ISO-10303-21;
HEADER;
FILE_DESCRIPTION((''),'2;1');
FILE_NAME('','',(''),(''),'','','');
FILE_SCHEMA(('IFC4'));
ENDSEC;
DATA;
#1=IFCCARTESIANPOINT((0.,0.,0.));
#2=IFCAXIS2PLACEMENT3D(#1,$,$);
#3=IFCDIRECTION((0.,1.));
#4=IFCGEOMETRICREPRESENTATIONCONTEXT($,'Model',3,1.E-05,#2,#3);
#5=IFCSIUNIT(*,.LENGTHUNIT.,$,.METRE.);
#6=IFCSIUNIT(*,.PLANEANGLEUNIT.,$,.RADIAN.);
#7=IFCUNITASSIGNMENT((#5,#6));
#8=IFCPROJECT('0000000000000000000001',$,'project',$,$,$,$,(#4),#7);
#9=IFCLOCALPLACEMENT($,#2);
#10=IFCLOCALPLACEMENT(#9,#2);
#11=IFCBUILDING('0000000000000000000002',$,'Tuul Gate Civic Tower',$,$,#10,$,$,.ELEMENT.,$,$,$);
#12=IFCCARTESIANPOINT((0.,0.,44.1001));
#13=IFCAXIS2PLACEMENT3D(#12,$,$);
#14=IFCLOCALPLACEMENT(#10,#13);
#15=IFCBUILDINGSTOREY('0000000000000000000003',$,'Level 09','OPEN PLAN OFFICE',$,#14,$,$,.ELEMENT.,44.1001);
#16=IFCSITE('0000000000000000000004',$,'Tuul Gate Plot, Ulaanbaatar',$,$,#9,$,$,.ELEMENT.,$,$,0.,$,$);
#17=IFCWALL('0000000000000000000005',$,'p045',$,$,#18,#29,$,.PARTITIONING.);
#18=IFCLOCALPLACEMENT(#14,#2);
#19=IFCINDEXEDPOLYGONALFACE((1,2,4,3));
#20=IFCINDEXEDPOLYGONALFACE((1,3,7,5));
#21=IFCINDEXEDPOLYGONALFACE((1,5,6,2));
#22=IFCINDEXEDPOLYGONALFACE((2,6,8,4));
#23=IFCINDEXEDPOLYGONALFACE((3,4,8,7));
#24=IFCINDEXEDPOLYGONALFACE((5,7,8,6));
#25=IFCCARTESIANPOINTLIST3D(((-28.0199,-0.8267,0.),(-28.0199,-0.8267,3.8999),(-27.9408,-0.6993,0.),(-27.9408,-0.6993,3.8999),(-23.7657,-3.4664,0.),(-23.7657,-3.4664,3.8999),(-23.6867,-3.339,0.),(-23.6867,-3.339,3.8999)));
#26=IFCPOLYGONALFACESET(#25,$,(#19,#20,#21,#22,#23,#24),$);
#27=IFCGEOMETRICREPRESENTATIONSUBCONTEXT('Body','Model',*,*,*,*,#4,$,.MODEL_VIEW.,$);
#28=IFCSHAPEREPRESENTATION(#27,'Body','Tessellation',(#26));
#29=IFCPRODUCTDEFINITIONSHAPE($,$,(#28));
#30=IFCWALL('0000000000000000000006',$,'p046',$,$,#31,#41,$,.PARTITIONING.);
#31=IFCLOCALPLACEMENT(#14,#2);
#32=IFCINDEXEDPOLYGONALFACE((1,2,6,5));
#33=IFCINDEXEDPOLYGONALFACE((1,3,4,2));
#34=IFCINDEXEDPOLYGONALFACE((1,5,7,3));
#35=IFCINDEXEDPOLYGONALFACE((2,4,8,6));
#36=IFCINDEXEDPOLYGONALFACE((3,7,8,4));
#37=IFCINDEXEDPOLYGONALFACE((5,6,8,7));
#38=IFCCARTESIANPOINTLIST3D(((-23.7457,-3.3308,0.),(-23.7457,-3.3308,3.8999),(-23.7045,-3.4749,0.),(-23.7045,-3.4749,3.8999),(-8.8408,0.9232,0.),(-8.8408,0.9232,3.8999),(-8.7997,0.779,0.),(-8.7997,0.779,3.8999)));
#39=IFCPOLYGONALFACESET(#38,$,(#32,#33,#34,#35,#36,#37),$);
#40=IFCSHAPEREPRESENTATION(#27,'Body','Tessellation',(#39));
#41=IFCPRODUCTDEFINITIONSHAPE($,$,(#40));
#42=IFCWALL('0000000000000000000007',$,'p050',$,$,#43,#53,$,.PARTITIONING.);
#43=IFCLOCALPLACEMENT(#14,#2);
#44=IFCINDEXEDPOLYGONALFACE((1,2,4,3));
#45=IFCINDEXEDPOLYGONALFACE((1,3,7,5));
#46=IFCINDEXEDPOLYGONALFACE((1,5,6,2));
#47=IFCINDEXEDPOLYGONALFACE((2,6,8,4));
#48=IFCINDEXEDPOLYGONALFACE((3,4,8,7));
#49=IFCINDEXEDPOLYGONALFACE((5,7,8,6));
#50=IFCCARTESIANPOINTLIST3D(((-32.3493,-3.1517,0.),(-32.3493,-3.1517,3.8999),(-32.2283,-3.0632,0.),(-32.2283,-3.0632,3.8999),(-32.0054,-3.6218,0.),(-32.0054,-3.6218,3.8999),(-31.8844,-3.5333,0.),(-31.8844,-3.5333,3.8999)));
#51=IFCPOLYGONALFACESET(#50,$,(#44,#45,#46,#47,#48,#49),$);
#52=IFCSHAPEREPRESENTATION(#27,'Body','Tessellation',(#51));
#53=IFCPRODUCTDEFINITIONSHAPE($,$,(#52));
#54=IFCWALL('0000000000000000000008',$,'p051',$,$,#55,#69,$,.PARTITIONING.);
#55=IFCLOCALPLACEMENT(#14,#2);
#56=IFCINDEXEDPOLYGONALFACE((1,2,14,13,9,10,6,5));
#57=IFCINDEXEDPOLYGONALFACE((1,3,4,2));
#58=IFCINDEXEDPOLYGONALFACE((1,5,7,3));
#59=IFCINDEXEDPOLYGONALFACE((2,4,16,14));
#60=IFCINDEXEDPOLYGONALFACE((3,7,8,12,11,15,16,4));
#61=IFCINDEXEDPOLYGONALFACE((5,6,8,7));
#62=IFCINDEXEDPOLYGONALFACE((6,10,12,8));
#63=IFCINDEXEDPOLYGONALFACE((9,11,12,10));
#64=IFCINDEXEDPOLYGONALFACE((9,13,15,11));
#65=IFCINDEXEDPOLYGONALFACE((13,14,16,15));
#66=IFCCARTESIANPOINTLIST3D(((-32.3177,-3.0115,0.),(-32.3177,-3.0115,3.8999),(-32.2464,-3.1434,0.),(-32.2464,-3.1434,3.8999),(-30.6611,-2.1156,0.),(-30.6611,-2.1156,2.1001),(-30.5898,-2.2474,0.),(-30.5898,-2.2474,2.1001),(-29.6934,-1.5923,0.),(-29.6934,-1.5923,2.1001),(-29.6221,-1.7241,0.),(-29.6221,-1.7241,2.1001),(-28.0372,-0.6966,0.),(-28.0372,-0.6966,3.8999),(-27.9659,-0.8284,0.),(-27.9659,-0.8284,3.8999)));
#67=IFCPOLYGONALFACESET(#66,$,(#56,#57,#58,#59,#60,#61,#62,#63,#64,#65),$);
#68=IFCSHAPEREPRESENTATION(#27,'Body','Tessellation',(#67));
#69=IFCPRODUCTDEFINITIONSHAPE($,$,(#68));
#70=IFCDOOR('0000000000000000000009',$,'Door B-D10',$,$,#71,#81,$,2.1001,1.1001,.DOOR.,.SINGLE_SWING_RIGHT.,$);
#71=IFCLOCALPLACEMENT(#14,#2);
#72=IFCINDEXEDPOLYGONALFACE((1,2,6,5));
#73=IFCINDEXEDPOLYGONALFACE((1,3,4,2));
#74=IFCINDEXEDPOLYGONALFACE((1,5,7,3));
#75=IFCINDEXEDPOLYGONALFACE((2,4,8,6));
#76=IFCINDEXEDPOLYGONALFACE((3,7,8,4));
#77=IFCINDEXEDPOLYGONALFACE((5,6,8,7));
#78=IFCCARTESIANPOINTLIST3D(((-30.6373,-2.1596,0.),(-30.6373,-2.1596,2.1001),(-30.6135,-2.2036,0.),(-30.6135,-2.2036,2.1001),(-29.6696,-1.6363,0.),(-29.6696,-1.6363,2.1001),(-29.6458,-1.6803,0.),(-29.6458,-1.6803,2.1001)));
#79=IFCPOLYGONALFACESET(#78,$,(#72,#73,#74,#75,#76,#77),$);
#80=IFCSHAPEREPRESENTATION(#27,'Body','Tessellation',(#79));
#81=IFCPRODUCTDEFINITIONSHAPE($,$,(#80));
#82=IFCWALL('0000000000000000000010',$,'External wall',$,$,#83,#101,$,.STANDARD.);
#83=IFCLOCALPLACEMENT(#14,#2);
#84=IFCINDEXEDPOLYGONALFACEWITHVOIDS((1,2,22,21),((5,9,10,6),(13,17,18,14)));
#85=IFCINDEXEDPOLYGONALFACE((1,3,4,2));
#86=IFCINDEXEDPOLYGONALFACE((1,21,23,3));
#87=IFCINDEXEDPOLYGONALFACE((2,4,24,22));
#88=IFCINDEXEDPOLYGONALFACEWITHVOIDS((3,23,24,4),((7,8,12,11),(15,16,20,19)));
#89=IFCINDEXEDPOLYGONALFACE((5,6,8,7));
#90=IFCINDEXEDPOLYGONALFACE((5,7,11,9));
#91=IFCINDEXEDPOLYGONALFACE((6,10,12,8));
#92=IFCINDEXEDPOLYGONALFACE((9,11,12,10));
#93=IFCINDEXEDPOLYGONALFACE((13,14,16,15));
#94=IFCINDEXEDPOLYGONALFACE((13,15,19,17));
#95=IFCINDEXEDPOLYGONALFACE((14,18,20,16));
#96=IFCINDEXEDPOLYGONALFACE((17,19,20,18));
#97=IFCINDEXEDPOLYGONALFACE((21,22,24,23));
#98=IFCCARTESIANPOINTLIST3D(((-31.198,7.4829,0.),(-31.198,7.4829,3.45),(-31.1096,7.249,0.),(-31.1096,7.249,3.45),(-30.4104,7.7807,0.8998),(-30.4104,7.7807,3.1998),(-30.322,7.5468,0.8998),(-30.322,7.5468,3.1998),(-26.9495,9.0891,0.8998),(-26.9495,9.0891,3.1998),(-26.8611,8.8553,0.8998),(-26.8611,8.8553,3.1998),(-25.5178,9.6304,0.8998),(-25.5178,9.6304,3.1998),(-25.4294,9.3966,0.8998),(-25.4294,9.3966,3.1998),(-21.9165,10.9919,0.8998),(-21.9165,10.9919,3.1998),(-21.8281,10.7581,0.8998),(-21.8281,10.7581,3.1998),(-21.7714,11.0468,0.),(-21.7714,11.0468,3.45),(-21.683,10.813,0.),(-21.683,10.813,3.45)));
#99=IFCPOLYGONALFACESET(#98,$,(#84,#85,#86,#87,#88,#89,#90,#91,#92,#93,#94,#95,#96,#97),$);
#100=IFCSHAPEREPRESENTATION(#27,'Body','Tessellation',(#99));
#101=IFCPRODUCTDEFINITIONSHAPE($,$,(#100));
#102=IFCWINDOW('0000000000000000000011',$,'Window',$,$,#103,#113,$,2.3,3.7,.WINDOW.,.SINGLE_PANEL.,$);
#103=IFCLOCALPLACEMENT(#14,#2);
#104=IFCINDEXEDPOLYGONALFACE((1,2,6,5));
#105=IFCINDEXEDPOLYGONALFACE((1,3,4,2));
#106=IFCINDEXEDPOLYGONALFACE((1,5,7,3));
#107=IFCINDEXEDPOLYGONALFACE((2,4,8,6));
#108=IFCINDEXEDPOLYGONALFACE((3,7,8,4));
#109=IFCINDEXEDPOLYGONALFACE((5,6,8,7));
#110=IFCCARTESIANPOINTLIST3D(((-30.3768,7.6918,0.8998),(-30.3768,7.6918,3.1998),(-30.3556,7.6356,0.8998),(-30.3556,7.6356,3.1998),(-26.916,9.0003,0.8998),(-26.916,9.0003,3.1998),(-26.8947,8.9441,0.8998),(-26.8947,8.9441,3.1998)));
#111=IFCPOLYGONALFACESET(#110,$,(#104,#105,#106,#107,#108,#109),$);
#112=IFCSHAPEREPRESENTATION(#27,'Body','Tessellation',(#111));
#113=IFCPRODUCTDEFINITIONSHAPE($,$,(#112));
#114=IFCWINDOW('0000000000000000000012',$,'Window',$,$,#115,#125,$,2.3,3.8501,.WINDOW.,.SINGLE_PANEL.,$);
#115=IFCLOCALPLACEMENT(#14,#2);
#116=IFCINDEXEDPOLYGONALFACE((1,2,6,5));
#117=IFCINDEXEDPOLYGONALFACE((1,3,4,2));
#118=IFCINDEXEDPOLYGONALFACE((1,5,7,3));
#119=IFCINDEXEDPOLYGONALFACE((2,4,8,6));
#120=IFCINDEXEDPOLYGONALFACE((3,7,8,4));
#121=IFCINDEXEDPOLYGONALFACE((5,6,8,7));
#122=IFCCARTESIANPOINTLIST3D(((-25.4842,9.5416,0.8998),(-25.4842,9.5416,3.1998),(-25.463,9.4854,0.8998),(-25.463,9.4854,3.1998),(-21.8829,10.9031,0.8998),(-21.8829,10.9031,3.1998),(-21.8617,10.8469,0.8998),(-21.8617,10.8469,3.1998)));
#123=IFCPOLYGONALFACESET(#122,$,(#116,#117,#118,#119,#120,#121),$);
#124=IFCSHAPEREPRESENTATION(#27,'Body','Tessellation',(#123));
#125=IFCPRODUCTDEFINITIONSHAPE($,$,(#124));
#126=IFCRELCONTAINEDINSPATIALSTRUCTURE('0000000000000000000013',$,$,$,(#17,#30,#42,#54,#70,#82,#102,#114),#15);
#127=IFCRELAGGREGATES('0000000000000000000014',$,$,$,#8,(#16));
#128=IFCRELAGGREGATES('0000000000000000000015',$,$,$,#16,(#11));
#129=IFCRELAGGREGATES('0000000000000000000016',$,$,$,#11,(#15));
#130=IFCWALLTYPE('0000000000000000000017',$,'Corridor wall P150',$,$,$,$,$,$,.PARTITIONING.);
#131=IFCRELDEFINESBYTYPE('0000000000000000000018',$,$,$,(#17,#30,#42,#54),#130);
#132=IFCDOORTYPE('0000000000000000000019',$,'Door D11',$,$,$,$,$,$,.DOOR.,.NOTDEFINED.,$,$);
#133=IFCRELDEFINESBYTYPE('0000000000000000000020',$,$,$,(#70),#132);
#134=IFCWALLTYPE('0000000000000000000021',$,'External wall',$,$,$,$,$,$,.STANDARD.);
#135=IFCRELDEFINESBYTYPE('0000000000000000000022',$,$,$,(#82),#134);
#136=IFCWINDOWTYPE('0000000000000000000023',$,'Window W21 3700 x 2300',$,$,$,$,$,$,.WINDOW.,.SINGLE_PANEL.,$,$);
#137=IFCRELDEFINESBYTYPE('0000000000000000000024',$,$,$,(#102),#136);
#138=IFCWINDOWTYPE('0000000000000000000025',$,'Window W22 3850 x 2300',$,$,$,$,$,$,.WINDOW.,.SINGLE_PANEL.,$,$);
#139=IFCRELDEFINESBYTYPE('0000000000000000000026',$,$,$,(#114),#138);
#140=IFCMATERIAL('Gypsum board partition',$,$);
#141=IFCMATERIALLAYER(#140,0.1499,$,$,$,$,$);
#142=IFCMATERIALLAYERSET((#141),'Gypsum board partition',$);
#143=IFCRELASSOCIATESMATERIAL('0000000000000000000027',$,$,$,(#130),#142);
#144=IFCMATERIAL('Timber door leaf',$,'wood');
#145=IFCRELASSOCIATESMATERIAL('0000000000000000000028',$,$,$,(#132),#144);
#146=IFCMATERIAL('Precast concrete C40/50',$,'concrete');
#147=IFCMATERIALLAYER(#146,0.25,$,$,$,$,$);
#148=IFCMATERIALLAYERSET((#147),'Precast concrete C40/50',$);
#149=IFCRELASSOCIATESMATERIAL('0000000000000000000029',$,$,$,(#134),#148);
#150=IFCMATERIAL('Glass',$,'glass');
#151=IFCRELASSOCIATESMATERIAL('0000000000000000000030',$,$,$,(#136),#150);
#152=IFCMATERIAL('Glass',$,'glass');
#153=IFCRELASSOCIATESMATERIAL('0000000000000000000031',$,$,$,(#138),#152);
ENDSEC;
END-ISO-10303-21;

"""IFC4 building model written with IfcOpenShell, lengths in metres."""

from ifc_helpers import new_model, si_unit, direction, frame, frame_2d, origin, place, context, subcontext, project, spatial, rectangle, extrude, material, layer, layer_set, type_object, element, fill, save


model = new_model("IFC4")

# Units and contexts
model_context = context("Model", 3, precision=1e-05, world=origin(), true_north=direction((0.0, 1.0)))
body_context = subcontext(model_context, "Body", "Model", "MODEL_VIEW")
ifc_project = project(units=[si_unit("LENGTHUNIT", "METRE"), si_unit("PLANEANGLEUNIT", "RADIAN")], contexts=[model_context])

# Site, building, storey
site_placement = place(None, origin())
site = spatial("IfcSite", under=ifc_project, at=site_placement, Name="Tuul Gate Plot, Ulaanbaatar", CompositionType="ELEMENT", RefElevation=0.0)
building_placement = place(site_placement, origin())
building = spatial("IfcBuilding", under=site, at=building_placement, Name="Tuul Gate Civic Tower", CompositionType="ELEMENT")
storey_placement = place(building_placement, frame((0.0, 0.0, 44.1001)))
storey = spatial("IfcBuildingStorey", under=building, at=storey_placement, Name="Level 09", Description="OPEN PLAN OFFICE", CompositionType="ELEMENT", Elevation=44.1001)

# Shared definitions
ifc_material_1 = material(Name="Gypsum board partition")
ifc_layer_1 = layer(ifc_material_1, 0.1499)
ifc_layer_set_1 = layer_set([ifc_layer_1], Name="Gypsum board partition")
wall_type_1 = type_object("IfcWallType", Name="Corridor wall P150", PredefinedType="PARTITIONING", material=ifc_layer_set_1)

# Walls
wall_1_placement = place(storey_placement, frame((-27.9805, -0.7629, 0.0), z_axis=(0.0, 0.0, 1.0), x_axis=(0.849717, -0.527239, 0.0)))
element("IfcWall", 1, at=wall_1_placement, inside=storey, type_object=wall_type_1, Name="p045", PredefinedType="PARTITIONING", context=body_context, shape_type="SweptSolid", body=[
    extrude(rectangle(XDim=5.0066, YDim=0.1499, at=frame_2d((2.5034, 0.0))), origin(), (0.0, 0.0, 1.0), 3.8999),
])
wall_2_placement = place(storey_placement, frame((-23.7251, -3.4028, 0.0), z_axis=(0.0, 0.0, 1.0), x_axis=(0.961602, 0.274447, 0.0)))
element("IfcWall", 2, at=wall_2_placement, inside=storey, type_object=wall_type_1, Name="p046", PredefinedType="PARTITIONING", context=body_context, shape_type="SweptSolid", body=[
    extrude(rectangle(XDim=15.5, YDim=0.1499, at=frame_2d((7.75, 0.0))), origin(), (0.0, 0.0, 1.0), 3.8999),
])
wall_3_placement = place(storey_placement, frame((-32.2888, -3.1074, 0.0), z_axis=(0.0, 0.0, 1.0), x_axis=(0.590437, -0.807084, 0.0)))
element("IfcWall", 3, at=wall_3_placement, inside=storey, type_object=wall_type_1, Name="p050", PredefinedType="PARTITIONING", context=body_context, shape_type="SweptSolid", body=[
    extrude(rectangle(XDim=0.5825, YDim=0.1499, at=frame_2d((0.2913, 0.0))), origin(), (0.0, 0.0, 1.0), 3.8999),
])

# Wall, opening, door
wall_4_placement = place(storey_placement, frame((-32.282, -3.0774, 0.0), z_axis=(0.0, 0.0, 1.0), x_axis=(0.879608, 0.4757, 0.0)))
wall_4 = element("IfcWall", 4, at=wall_4_placement, inside=storey, type_object=wall_type_1, Name="p051", PredefinedType="PARTITIONING", context=body_context, shape_type="SweptSolid", body=[
    extrude(rectangle(XDim=4.8665, YDim=0.1499, at=frame_2d((2.4331, 0.0))), origin(), (0.0, 0.0, 1.0), 3.8999),
])
opening_1_placement = place(wall_4_placement, frame((1.8833, 0.0, 0.0)))
opening_1 = element("IfcOpeningElement", 5, at=opening_1_placement, cuts=wall_4, PredefinedType="OPENING", context=body_context, shape_type="SweptSolid", body=[
    extrude(rectangle(XDim=1.1001, YDim=2.1001, at=frame_2d((0.55, 1.05))), frame((0.0, 0.085, 0.0), z_axis=(0.0, -1.0, 0.0), x_axis=(1.0, 0.0, 0.0)), (0.0, 0.0, 1.0), 0.1699),
])
ifc_material_2 = material(Name="Timber door leaf", Category="wood")
door_type_1 = type_object("IfcDoorType", Name="Door D11", OperationType="NOTDEFINED", PredefinedType="DOOR", material=ifc_material_2)
door_1_placement = place(opening_1_placement, origin())
door_1 = element("IfcDoor", 6, at=door_1_placement, inside=storey, type_object=door_type_1, Name="Door B-D10", OperationType="SINGLE_SWING_RIGHT", OverallHeight=2.1001, OverallWidth=1.1001, PredefinedType="DOOR", context=body_context, shape_type="SweptSolid", body=[
    extrude(rectangle(XDim=1.1001, YDim=2.1001, at=frame_2d((0.55, 1.05))), frame((0.0, 0.0249, 0.0), z_axis=(0.0, -1.0, 0.0), x_axis=(1.0, 0.0, 0.0)), (0.0, 0.0, 1.0), 0.05),
])
fill(opening_1, door_1)

# Wall, openings, windows
ifc_material_3 = material(Name="Precast concrete C40/50", Category="concrete")
ifc_layer_2 = layer(ifc_material_3, 0.25)
ifc_layer_set_2 = layer_set([ifc_layer_2], Name="Precast concrete C40/50")
wall_type_2 = type_object("IfcWallType", Name="External wall", PredefinedType="STANDARD", material=ifc_layer_set_2)
wall_5_placement = place(storey_placement, frame((-21.7271, 10.9299, 0.0), z_axis=(0.0, 0.0, 1.0), x_axis=(-0.935382, -0.353639, 0.0)))
wall_5 = element("IfcWall", 7, at=wall_5_placement, inside=storey, type_object=wall_type_2, Name="External wall", PredefinedType="STANDARD", context=body_context, shape_type="SweptSolid", body=[
    extrude(rectangle(XDim=10.0779, YDim=0.25, at=frame_2d((5.0391, 0.0))), origin(), (0.0, 0.0, 1.0), 3.45),
])
opening_2_placement = place(wall_5_placement, frame((0.1553, 0.0, 0.8999)))
opening_2 = element("IfcOpeningElement", 8, at=opening_2_placement, cuts=wall_5, PredefinedType="OPENING", context=body_context, shape_type="SweptSolid", body=[
    extrude(rectangle(XDim=3.8501, YDim=2.3, at=frame_2d((1.925, 1.1499))), frame((0.0, 0.135, 0.0), z_axis=(0.0, -1.0, 0.0), x_axis=(1.0, 0.0, 0.0)), (0.0, 0.0, 1.0), 0.27),
])
opening_3_placement = place(wall_5_placement, frame((5.5359, 0.0, 0.8999)))
opening_3 = element("IfcOpeningElement", 9, at=opening_3_placement, cuts=wall_5, PredefinedType="OPENING", context=body_context, shape_type="SweptSolid", body=[
    extrude(rectangle(XDim=3.7, YDim=2.3, at=frame_2d((1.8501, 1.1499))), frame((0.0, 0.135, 0.0), z_axis=(0.0, -1.0, 0.0), x_axis=(1.0, 0.0, 0.0)), (0.0, 0.0, 1.0), 0.27),
])
ifc_material_4 = material(Name="Glass", Category="glass")
window_type_1 = type_object("IfcWindowType", Name="Window W21 3700 x 2300", PartitioningType="SINGLE_PANEL", PredefinedType="WINDOW", material=ifc_material_4)
window_1_placement = place(opening_3_placement, origin())
window_1 = element("IfcWindow", 10, at=window_1_placement, inside=storey, type_object=window_type_1, Name="Window", OverallHeight=2.3, OverallWidth=3.7, PartitioningType="SINGLE_PANEL", PredefinedType="WINDOW", context=body_context, shape_type="SweptSolid", body=[
    extrude(rectangle(XDim=3.7, YDim=2.3, at=frame_2d((1.8501, 1.1499))), frame((0.0, 0.03, 0.0), z_axis=(0.0, -1.0, 0.0), x_axis=(1.0, 0.0, 0.0)), (0.0, 0.0, 1.0), 0.0601),
])
fill(opening_3, window_1)
ifc_material_5 = material(Name="Glass", Category="glass")
window_type_2 = type_object("IfcWindowType", Name="Window W22 3850 x 2300", PartitioningType="SINGLE_PANEL", PredefinedType="WINDOW", material=ifc_material_5)
window_2_placement = place(opening_2_placement, origin())
window_2 = element("IfcWindow", 11, at=window_2_placement, inside=storey, type_object=window_type_2, Name="Window", OverallHeight=2.3, OverallWidth=3.8501, PartitioningType="SINGLE_PANEL", PredefinedType="WINDOW", context=body_context, shape_type="SweptSolid", body=[
    extrude(rectangle(XDim=3.8501, YDim=2.3, at=frame_2d((1.925, 1.1499))), frame((0.0, 0.03, 0.0), z_axis=(0.0, -1.0, 0.0), x_axis=(1.0, 0.0, 0.0)), (0.0, 0.0, 1.0), 0.0601),
])
fill(opening_2, window_2)

save(model, "model.ifc")
